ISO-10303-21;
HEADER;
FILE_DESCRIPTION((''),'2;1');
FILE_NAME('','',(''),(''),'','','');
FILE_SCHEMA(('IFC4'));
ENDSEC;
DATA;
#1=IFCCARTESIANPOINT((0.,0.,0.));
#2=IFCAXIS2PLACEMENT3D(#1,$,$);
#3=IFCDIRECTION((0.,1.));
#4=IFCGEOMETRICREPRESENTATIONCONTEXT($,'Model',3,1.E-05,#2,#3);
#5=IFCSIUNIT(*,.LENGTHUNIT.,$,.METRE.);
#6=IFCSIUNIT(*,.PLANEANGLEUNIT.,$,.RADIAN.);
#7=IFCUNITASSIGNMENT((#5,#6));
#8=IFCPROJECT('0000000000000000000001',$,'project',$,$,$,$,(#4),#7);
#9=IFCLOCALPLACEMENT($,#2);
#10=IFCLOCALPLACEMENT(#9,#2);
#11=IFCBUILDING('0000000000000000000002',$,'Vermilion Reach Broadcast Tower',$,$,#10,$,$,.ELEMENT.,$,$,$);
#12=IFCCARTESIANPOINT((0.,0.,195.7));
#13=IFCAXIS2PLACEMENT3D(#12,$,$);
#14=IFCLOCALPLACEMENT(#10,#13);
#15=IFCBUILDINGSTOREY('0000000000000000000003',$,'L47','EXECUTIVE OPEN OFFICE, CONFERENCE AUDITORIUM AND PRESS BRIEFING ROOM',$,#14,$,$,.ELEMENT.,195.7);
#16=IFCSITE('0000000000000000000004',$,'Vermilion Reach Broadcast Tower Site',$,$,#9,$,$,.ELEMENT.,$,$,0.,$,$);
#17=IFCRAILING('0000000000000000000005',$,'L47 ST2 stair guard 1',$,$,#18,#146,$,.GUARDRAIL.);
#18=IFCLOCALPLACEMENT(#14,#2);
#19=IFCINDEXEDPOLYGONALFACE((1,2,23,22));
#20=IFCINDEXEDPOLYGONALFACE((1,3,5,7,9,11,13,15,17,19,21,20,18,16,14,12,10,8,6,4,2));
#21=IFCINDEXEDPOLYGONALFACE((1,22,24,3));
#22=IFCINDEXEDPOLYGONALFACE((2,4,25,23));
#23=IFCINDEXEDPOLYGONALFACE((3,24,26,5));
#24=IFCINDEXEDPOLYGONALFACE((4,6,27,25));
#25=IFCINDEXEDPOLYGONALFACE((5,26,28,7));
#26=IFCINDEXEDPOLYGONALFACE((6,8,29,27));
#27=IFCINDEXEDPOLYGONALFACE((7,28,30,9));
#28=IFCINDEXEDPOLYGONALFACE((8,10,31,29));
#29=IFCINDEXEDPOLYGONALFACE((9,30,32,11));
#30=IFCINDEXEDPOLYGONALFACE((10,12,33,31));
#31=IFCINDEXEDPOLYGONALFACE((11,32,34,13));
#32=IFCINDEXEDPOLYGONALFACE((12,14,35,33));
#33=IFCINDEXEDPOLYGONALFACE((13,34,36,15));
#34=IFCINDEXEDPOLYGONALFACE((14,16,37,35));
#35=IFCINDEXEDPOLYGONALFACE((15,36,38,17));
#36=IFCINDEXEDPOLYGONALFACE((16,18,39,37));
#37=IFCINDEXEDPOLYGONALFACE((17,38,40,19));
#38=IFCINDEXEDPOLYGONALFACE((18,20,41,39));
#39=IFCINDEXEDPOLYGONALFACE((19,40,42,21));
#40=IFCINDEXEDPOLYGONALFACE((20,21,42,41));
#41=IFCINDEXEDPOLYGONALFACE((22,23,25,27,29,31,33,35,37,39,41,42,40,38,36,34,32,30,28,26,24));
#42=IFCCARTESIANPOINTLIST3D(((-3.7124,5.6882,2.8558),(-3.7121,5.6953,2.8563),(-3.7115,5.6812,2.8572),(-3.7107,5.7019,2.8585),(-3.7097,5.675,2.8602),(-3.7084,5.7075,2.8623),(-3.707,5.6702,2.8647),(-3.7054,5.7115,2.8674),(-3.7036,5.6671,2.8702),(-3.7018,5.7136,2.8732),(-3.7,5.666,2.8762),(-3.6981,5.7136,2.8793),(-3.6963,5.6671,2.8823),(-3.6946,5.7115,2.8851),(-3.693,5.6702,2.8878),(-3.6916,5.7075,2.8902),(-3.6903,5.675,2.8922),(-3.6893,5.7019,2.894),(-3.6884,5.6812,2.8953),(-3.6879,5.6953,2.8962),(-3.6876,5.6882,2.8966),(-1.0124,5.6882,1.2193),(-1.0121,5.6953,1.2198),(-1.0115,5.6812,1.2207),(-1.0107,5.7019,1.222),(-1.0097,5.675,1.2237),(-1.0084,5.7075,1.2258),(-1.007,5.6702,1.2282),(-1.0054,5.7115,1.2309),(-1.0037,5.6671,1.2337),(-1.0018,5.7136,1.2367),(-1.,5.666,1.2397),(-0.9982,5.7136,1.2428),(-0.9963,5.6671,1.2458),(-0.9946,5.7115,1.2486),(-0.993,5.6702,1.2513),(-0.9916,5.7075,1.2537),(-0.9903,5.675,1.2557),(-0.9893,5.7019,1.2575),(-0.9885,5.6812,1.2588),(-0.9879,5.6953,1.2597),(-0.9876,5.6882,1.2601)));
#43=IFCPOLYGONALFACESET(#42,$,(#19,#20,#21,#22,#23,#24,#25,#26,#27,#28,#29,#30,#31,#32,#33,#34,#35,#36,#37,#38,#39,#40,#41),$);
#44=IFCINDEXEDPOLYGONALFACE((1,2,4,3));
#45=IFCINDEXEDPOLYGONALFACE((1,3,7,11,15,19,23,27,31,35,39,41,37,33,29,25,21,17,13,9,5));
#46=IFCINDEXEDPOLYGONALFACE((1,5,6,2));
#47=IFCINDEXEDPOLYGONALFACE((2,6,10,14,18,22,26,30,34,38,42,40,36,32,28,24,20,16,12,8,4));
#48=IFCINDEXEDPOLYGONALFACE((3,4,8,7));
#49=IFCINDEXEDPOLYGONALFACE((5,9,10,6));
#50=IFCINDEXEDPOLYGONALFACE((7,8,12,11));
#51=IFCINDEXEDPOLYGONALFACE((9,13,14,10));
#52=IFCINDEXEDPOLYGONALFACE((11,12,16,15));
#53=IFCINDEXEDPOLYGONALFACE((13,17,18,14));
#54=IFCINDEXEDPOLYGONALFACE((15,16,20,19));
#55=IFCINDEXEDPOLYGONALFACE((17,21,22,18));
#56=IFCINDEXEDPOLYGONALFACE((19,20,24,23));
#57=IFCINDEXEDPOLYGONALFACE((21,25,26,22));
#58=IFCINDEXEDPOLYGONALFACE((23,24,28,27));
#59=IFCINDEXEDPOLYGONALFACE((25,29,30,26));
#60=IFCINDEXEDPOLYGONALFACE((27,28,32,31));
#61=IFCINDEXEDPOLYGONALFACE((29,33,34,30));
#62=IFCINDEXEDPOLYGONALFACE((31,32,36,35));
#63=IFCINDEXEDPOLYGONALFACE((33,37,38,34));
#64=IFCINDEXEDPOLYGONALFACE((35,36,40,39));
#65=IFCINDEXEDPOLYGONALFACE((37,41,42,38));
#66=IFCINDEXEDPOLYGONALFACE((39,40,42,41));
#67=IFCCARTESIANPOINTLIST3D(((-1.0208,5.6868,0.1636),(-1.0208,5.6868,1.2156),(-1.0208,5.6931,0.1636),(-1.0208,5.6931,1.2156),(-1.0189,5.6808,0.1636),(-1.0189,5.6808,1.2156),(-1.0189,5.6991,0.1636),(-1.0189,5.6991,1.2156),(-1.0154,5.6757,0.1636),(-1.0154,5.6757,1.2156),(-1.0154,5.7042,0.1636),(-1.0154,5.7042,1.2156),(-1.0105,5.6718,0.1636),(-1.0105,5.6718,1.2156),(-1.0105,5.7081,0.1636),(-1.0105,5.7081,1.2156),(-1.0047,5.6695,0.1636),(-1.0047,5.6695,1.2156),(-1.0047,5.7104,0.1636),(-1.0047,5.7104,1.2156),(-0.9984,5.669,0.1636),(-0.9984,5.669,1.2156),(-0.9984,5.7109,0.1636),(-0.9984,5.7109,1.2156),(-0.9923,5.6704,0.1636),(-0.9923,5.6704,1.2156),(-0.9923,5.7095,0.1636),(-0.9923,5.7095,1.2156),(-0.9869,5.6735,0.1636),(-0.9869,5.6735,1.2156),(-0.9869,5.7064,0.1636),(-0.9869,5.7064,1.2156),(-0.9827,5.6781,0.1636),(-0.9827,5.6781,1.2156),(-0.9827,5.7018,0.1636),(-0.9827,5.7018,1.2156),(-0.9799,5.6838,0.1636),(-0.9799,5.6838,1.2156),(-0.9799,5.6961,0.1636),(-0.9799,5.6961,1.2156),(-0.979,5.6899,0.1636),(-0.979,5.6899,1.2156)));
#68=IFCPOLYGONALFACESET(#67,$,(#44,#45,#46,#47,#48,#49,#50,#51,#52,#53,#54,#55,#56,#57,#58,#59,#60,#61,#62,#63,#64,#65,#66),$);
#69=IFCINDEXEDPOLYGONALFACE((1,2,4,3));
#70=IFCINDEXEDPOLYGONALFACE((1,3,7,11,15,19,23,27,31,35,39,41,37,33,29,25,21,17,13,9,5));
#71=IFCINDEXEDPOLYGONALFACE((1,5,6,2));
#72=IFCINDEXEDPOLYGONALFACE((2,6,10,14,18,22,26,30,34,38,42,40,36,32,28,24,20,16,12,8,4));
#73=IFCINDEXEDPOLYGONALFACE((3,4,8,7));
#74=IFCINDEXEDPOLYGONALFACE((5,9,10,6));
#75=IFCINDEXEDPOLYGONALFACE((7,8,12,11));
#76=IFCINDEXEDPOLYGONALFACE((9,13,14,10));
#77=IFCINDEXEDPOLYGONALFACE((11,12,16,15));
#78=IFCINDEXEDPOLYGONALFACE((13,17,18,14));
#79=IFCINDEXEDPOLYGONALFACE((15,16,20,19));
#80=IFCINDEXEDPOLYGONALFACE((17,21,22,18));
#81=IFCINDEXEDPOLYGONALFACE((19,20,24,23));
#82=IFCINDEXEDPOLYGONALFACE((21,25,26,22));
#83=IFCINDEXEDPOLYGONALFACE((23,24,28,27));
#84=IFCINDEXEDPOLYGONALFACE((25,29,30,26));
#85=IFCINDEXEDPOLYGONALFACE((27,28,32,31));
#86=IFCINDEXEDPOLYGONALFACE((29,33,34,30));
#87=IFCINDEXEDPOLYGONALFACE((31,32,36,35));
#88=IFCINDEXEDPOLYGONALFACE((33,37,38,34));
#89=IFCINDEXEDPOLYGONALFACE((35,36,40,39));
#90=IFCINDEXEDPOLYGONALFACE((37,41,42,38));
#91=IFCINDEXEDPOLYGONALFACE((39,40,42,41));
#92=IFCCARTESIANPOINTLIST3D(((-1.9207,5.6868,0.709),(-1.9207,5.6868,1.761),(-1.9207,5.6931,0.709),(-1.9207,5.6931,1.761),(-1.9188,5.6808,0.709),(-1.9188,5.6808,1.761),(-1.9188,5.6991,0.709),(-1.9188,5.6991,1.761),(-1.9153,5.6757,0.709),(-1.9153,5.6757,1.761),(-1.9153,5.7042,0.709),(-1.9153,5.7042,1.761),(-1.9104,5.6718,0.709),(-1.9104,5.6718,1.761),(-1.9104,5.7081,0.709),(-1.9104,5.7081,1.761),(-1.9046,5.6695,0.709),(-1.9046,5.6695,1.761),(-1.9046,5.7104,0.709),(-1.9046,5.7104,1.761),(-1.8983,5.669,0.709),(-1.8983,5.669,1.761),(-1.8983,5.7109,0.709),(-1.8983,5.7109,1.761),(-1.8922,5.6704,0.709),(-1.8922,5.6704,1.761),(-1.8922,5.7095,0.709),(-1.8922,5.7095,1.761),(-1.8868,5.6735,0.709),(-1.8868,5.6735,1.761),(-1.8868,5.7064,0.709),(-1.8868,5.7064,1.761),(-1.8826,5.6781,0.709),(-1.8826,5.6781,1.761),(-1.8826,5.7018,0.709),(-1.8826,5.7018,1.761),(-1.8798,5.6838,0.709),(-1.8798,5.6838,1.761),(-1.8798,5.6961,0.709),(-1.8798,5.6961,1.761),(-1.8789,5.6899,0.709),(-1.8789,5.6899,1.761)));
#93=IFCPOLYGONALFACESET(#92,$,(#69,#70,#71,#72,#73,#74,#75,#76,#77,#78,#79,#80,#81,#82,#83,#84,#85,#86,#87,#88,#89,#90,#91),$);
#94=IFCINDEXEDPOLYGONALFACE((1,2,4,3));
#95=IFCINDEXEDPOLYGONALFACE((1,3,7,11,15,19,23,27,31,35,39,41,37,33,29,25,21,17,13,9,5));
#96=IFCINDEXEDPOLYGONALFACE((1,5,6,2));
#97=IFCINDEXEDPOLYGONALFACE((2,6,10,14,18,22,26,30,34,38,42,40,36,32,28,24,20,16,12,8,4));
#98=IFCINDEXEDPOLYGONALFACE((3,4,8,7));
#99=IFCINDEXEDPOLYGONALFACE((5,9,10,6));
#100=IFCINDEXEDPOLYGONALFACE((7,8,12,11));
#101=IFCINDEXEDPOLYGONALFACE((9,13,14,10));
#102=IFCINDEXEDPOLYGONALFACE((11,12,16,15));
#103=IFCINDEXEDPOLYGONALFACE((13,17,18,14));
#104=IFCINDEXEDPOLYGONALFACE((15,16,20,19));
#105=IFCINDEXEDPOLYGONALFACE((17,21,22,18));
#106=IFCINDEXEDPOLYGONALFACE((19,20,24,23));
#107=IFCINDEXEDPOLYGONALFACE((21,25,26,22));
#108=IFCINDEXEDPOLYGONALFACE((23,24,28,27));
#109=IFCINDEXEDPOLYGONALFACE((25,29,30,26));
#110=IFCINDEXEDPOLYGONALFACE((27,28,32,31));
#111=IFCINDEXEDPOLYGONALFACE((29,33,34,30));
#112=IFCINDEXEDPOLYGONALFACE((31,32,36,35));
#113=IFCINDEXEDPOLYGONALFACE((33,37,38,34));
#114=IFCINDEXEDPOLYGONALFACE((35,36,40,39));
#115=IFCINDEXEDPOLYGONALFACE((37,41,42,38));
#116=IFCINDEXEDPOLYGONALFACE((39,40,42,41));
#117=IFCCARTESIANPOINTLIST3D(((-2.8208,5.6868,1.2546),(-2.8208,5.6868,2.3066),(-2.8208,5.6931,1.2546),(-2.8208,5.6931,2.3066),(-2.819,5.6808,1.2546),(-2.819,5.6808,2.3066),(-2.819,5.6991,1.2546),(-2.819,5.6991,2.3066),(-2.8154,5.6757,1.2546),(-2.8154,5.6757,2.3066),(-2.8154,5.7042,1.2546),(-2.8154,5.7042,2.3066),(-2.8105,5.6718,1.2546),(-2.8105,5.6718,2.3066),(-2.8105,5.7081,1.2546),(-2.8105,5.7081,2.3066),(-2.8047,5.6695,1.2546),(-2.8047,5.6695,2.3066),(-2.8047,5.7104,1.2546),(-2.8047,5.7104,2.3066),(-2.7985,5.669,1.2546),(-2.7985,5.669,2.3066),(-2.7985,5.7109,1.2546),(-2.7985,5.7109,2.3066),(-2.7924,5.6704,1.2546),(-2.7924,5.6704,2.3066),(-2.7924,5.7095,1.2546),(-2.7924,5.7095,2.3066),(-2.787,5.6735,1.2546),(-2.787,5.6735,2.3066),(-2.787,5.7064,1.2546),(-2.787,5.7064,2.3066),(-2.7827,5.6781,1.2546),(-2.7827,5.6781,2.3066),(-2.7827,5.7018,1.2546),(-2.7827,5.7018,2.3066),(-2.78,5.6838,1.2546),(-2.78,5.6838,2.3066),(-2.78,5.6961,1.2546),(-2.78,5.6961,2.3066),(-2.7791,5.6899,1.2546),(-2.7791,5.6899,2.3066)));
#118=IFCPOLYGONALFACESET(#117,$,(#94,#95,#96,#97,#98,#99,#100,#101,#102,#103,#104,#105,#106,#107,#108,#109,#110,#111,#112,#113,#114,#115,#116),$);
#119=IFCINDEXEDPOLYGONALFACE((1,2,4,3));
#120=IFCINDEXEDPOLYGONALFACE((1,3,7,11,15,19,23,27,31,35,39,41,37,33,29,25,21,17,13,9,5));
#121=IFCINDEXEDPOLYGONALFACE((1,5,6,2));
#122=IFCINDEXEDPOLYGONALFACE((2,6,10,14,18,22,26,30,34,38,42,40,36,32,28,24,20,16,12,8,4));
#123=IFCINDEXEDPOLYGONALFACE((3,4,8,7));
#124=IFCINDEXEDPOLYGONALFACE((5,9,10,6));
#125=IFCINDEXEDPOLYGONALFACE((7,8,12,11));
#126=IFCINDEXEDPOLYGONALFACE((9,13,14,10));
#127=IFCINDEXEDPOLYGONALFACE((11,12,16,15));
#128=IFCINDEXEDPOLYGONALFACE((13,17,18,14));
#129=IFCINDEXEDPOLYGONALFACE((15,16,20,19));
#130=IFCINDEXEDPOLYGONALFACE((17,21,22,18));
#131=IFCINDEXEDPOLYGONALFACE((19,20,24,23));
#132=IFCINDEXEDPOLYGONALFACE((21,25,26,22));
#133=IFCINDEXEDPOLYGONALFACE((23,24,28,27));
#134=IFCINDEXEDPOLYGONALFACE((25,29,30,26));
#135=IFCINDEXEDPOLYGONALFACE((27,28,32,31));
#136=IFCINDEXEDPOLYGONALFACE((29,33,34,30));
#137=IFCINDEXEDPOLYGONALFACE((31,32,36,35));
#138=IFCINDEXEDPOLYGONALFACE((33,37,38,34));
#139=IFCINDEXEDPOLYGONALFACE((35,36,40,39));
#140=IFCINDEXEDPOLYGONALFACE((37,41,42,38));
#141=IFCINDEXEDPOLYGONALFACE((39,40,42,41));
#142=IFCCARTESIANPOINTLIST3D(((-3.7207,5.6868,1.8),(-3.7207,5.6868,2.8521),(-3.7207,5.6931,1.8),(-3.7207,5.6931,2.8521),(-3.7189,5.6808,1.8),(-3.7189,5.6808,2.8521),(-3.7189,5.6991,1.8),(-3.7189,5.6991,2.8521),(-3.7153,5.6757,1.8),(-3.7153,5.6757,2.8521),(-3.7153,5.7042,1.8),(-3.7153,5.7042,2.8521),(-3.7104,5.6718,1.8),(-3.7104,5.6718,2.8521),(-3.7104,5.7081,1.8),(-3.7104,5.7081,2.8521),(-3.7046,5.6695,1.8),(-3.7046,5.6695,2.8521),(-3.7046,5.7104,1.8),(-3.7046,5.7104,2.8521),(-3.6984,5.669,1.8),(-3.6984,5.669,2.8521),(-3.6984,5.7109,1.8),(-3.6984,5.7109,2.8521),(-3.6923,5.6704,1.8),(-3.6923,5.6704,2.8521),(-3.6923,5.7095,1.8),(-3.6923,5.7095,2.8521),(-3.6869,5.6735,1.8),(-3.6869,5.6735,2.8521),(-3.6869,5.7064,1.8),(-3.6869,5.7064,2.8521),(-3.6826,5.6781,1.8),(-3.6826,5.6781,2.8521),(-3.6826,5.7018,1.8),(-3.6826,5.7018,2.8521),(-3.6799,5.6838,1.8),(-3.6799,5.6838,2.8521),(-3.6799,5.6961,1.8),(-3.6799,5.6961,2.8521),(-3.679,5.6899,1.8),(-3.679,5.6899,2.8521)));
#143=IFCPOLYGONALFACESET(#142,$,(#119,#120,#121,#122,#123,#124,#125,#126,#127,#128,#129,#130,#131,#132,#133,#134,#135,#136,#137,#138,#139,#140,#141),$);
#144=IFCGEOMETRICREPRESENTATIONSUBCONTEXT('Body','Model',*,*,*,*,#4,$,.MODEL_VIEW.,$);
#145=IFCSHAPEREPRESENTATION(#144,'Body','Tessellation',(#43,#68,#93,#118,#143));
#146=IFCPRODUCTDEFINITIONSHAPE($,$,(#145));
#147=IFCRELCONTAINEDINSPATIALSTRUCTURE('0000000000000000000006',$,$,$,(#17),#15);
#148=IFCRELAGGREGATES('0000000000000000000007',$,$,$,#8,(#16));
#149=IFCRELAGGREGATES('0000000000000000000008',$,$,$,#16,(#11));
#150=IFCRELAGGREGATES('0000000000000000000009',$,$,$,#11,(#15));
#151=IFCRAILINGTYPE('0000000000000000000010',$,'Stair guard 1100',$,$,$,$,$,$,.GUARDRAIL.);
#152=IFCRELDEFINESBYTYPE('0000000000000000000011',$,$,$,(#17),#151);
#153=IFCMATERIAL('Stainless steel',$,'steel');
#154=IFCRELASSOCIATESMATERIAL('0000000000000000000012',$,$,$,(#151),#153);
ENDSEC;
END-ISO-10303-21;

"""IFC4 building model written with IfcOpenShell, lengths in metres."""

from ifc_helpers import new_model, si_unit, direction, frame, origin, origin_2d, place, context, subcontext, project, spatial, circle, extrude, material, type_object, element, save


model = new_model("IFC4")

# Units and contexts
model_context = context("Model", 3, precision=1e-05, world=origin(), true_north=direction((0.0, 1.0)))
body_context = subcontext(model_context, "Body", "Model", "MODEL_VIEW")
ifc_project = project(units=[si_unit("LENGTHUNIT", "METRE"), si_unit("PLANEANGLEUNIT", "RADIAN")], contexts=[model_context])

# Site, building, storey
site_placement = place(None, origin())
site = spatial("IfcSite", under=ifc_project, at=site_placement, Name="Vermilion Reach Broadcast Tower Site", CompositionType="ELEMENT", RefElevation=0.0)
building_placement = place(site_placement, origin())
building = spatial("IfcBuilding", under=site, at=building_placement, Name="Vermilion Reach Broadcast Tower", CompositionType="ELEMENT")
storey_placement = place(building_placement, frame((0.0, 0.0, 195.7)))
storey = spatial("IfcBuildingStorey", under=building, at=storey_placement, Name="L47", Description="EXECUTIVE OPEN OFFICE, CONFERENCE AUDITORIUM AND PRESS BRIEFING ROOM", CompositionType="ELEMENT", Elevation=195.7)

# Railing
ifc_material_1 = material(Name="Stainless steel", Category="steel")
railing_type_1 = type_object("IfcRailingType", Name="Stair guard 1100", PredefinedType="GUARDRAIL", material=ifc_material_1)
railing_1_placement = place(storey_placement, frame((-1.0, 5.6899, 0.1636)))
element("IfcRailing", 1, at=railing_1_placement, inside=storey, type_object=railing_type_1, Name="L47 ST2 stair guard 1", PredefinedType="GUARDRAIL", context=body_context, shape_type="SweptSolid", body=[
    extrude(circle(Radius=0.0239, at=origin_2d()), frame((0.0, 0.0, 1.0762), z_axis=(-0.855178, 0.0, 0.518334), x_axis=(0.0, -1.0, 0.0)), (0.0, 0.0, 1.0), 3.1572),
    extrude(circle(Radius=0.021, at=origin_2d()), origin(), (0.0, 0.0, 1.0), 1.052),
    extrude(circle(Radius=0.021, at=origin_2d()), frame((-0.8999, 0.0, 0.5454)), (0.0, 0.0, 1.0), 1.052),
    extrude(circle(Radius=0.021, at=origin_2d()), frame((-1.8, 0.0, 1.0911)), (0.0, 0.0, 1.0), 1.052),
    extrude(circle(Radius=0.021, at=origin_2d()), frame((-2.7, 0.0, 1.6365)), (0.0, 0.0, 1.0), 1.052),
])

save(model, "model.ifc")
